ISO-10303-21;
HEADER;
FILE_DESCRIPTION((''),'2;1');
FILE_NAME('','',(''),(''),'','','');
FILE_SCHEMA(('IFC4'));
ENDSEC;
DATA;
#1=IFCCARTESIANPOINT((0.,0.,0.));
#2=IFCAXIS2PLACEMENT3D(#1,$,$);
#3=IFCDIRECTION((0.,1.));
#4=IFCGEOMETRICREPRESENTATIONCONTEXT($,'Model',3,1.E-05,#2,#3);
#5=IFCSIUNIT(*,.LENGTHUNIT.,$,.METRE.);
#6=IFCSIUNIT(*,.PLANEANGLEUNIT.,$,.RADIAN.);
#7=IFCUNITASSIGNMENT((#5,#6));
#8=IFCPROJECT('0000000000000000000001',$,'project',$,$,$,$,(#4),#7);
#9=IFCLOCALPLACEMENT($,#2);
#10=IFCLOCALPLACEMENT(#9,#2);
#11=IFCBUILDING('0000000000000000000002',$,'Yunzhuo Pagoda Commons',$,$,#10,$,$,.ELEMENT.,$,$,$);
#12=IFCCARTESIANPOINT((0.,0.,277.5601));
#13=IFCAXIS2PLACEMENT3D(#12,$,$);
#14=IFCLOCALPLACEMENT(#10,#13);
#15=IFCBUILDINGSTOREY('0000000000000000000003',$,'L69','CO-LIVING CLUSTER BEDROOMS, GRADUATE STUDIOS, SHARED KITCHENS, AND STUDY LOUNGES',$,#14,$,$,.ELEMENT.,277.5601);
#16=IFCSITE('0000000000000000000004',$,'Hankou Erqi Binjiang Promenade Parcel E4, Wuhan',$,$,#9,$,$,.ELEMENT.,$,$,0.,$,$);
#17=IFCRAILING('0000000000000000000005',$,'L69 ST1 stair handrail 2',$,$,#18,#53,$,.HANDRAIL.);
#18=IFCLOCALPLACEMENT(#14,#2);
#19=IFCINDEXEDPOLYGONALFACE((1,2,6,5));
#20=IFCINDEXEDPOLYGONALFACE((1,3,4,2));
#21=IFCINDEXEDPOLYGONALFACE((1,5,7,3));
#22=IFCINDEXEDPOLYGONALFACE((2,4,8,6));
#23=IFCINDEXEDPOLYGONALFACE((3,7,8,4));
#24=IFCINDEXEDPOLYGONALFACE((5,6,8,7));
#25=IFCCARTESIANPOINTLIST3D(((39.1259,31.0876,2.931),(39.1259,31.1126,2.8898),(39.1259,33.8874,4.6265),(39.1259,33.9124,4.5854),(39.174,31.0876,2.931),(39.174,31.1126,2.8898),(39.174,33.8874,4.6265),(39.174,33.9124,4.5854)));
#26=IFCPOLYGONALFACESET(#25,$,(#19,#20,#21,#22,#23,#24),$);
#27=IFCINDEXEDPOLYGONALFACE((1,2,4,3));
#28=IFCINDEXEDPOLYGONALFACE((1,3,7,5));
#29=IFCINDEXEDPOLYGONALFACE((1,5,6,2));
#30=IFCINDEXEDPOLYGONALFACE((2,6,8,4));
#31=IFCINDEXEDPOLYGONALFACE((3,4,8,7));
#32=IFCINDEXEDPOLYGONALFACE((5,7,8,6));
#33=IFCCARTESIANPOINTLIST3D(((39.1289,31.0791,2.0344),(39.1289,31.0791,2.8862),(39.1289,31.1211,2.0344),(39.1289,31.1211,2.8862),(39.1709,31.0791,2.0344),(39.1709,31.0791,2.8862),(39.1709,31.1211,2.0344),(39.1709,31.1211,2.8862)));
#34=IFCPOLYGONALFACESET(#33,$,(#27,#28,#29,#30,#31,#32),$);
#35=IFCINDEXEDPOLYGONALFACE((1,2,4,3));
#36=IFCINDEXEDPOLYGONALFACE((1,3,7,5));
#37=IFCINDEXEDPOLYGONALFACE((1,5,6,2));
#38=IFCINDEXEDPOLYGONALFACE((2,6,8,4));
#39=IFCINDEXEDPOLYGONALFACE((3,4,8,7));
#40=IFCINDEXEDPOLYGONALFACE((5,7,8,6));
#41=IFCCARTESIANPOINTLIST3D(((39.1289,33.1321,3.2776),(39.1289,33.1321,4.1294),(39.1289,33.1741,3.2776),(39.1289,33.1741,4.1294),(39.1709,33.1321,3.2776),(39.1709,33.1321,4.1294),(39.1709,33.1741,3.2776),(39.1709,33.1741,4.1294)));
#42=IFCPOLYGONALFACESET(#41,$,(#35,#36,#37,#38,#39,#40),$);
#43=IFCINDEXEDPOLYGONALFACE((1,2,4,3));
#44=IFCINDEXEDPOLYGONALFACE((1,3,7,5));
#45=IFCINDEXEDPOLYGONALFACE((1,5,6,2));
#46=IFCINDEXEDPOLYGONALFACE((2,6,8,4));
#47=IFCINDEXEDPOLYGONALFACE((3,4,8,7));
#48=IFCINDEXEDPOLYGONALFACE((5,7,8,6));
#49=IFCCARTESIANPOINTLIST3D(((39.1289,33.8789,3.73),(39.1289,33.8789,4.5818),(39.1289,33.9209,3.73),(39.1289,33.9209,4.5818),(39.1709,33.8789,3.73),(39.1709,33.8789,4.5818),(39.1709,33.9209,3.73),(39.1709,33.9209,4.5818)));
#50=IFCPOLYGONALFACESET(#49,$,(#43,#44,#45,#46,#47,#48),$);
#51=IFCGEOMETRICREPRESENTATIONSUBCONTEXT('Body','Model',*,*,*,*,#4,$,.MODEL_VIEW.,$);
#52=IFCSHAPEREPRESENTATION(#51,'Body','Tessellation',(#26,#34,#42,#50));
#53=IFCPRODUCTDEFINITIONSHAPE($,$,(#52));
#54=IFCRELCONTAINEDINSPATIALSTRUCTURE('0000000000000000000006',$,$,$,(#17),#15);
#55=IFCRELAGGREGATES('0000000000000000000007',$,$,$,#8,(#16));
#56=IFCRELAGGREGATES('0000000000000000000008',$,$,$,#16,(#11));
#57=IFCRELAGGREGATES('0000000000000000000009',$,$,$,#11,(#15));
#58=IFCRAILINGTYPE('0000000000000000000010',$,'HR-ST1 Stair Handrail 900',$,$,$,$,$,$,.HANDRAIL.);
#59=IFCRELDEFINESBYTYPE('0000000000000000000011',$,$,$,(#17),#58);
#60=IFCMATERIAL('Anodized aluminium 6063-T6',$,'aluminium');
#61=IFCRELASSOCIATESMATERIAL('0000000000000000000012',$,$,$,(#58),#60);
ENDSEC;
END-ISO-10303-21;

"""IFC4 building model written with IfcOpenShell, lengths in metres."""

from ifc_helpers import new_model, si_unit, direction, frame, origin, origin_2d, place, context, subcontext, project, spatial, rectangle, extrude, material, type_object, element, save


model = new_model("IFC4")

# Units and contexts
model_context = context("Model", 3, precision=1e-05, world=origin(), true_north=direction((0.0, 1.0)))
body_context = subcontext(model_context, "Body", "Model", "MODEL_VIEW")
ifc_project = project(units=[si_unit("LENGTHUNIT", "METRE"), si_unit("PLANEANGLEUNIT", "RADIAN")], contexts=[model_context])

# Site, building, storey
site_placement = place(None, origin())
site = spatial("IfcSite", under=ifc_project, at=site_placement, Name="Hankou Erqi Binjiang Promenade Parcel E4, Wuhan", CompositionType="ELEMENT", RefElevation=0.0)
building_placement = place(site_placement, origin())
building = spatial("IfcBuilding", under=site, at=building_placement, Name="Yunzhuo Pagoda Commons", CompositionType="ELEMENT")
storey_placement = place(building_placement, frame((0.0, 0.0, 277.5601)))
storey = spatial("IfcBuildingStorey", under=building, at=storey_placement, Name="L69", Description="CO-LIVING CLUSTER BEDROOMS, GRADUATE STUDIOS, SHARED KITCHENS, AND STUDY LOUNGES", CompositionType="ELEMENT", Elevation=277.5601)

# Railing
ifc_material_1 = material(Name="Anodized aluminium 6063-T6", Category="aluminium")
railing_type_1 = type_object("IfcRailingType", Name="HR-ST1 Stair Handrail 900", PredefinedType="HANDRAIL", material=ifc_material_1)
railing_1_placement = place(storey_placement, frame((39.1499, 31.1001, 2.0344)))
element("IfcRailing", 1, at=railing_1_placement, inside=storey, type_object=railing_type_1, Name="L69 ST1 stair handrail 2", PredefinedType="HANDRAIL", context=body_context, shape_type="SweptSolid", body=[
    extrude(rectangle(XDim=0.0481, YDim=0.0481, at=origin_2d()), frame((0.0, 0.0, 0.876), z_axis=(0.0, 0.855373, 0.518012), x_axis=(-1.0, 0.0, 0.0)), (0.0, 0.0, 1.0), 3.2732),
    extrude(rectangle(XDim=0.042, YDim=0.042, at=origin_2d()), origin(), (0.0, 0.0, 1.0), 0.8518),
    extrude(rectangle(XDim=0.042, YDim=0.042, at=origin_2d()), frame((0.0, 2.053, 1.2432)), (0.0, 0.0, 1.0), 0.8518),
    extrude(rectangle(XDim=0.042, YDim=0.042, at=origin_2d()), frame((0.0, 2.7998, 1.6956)), (0.0, 0.0, 1.0), 0.8518),
])

save(model, "model.ifc")
